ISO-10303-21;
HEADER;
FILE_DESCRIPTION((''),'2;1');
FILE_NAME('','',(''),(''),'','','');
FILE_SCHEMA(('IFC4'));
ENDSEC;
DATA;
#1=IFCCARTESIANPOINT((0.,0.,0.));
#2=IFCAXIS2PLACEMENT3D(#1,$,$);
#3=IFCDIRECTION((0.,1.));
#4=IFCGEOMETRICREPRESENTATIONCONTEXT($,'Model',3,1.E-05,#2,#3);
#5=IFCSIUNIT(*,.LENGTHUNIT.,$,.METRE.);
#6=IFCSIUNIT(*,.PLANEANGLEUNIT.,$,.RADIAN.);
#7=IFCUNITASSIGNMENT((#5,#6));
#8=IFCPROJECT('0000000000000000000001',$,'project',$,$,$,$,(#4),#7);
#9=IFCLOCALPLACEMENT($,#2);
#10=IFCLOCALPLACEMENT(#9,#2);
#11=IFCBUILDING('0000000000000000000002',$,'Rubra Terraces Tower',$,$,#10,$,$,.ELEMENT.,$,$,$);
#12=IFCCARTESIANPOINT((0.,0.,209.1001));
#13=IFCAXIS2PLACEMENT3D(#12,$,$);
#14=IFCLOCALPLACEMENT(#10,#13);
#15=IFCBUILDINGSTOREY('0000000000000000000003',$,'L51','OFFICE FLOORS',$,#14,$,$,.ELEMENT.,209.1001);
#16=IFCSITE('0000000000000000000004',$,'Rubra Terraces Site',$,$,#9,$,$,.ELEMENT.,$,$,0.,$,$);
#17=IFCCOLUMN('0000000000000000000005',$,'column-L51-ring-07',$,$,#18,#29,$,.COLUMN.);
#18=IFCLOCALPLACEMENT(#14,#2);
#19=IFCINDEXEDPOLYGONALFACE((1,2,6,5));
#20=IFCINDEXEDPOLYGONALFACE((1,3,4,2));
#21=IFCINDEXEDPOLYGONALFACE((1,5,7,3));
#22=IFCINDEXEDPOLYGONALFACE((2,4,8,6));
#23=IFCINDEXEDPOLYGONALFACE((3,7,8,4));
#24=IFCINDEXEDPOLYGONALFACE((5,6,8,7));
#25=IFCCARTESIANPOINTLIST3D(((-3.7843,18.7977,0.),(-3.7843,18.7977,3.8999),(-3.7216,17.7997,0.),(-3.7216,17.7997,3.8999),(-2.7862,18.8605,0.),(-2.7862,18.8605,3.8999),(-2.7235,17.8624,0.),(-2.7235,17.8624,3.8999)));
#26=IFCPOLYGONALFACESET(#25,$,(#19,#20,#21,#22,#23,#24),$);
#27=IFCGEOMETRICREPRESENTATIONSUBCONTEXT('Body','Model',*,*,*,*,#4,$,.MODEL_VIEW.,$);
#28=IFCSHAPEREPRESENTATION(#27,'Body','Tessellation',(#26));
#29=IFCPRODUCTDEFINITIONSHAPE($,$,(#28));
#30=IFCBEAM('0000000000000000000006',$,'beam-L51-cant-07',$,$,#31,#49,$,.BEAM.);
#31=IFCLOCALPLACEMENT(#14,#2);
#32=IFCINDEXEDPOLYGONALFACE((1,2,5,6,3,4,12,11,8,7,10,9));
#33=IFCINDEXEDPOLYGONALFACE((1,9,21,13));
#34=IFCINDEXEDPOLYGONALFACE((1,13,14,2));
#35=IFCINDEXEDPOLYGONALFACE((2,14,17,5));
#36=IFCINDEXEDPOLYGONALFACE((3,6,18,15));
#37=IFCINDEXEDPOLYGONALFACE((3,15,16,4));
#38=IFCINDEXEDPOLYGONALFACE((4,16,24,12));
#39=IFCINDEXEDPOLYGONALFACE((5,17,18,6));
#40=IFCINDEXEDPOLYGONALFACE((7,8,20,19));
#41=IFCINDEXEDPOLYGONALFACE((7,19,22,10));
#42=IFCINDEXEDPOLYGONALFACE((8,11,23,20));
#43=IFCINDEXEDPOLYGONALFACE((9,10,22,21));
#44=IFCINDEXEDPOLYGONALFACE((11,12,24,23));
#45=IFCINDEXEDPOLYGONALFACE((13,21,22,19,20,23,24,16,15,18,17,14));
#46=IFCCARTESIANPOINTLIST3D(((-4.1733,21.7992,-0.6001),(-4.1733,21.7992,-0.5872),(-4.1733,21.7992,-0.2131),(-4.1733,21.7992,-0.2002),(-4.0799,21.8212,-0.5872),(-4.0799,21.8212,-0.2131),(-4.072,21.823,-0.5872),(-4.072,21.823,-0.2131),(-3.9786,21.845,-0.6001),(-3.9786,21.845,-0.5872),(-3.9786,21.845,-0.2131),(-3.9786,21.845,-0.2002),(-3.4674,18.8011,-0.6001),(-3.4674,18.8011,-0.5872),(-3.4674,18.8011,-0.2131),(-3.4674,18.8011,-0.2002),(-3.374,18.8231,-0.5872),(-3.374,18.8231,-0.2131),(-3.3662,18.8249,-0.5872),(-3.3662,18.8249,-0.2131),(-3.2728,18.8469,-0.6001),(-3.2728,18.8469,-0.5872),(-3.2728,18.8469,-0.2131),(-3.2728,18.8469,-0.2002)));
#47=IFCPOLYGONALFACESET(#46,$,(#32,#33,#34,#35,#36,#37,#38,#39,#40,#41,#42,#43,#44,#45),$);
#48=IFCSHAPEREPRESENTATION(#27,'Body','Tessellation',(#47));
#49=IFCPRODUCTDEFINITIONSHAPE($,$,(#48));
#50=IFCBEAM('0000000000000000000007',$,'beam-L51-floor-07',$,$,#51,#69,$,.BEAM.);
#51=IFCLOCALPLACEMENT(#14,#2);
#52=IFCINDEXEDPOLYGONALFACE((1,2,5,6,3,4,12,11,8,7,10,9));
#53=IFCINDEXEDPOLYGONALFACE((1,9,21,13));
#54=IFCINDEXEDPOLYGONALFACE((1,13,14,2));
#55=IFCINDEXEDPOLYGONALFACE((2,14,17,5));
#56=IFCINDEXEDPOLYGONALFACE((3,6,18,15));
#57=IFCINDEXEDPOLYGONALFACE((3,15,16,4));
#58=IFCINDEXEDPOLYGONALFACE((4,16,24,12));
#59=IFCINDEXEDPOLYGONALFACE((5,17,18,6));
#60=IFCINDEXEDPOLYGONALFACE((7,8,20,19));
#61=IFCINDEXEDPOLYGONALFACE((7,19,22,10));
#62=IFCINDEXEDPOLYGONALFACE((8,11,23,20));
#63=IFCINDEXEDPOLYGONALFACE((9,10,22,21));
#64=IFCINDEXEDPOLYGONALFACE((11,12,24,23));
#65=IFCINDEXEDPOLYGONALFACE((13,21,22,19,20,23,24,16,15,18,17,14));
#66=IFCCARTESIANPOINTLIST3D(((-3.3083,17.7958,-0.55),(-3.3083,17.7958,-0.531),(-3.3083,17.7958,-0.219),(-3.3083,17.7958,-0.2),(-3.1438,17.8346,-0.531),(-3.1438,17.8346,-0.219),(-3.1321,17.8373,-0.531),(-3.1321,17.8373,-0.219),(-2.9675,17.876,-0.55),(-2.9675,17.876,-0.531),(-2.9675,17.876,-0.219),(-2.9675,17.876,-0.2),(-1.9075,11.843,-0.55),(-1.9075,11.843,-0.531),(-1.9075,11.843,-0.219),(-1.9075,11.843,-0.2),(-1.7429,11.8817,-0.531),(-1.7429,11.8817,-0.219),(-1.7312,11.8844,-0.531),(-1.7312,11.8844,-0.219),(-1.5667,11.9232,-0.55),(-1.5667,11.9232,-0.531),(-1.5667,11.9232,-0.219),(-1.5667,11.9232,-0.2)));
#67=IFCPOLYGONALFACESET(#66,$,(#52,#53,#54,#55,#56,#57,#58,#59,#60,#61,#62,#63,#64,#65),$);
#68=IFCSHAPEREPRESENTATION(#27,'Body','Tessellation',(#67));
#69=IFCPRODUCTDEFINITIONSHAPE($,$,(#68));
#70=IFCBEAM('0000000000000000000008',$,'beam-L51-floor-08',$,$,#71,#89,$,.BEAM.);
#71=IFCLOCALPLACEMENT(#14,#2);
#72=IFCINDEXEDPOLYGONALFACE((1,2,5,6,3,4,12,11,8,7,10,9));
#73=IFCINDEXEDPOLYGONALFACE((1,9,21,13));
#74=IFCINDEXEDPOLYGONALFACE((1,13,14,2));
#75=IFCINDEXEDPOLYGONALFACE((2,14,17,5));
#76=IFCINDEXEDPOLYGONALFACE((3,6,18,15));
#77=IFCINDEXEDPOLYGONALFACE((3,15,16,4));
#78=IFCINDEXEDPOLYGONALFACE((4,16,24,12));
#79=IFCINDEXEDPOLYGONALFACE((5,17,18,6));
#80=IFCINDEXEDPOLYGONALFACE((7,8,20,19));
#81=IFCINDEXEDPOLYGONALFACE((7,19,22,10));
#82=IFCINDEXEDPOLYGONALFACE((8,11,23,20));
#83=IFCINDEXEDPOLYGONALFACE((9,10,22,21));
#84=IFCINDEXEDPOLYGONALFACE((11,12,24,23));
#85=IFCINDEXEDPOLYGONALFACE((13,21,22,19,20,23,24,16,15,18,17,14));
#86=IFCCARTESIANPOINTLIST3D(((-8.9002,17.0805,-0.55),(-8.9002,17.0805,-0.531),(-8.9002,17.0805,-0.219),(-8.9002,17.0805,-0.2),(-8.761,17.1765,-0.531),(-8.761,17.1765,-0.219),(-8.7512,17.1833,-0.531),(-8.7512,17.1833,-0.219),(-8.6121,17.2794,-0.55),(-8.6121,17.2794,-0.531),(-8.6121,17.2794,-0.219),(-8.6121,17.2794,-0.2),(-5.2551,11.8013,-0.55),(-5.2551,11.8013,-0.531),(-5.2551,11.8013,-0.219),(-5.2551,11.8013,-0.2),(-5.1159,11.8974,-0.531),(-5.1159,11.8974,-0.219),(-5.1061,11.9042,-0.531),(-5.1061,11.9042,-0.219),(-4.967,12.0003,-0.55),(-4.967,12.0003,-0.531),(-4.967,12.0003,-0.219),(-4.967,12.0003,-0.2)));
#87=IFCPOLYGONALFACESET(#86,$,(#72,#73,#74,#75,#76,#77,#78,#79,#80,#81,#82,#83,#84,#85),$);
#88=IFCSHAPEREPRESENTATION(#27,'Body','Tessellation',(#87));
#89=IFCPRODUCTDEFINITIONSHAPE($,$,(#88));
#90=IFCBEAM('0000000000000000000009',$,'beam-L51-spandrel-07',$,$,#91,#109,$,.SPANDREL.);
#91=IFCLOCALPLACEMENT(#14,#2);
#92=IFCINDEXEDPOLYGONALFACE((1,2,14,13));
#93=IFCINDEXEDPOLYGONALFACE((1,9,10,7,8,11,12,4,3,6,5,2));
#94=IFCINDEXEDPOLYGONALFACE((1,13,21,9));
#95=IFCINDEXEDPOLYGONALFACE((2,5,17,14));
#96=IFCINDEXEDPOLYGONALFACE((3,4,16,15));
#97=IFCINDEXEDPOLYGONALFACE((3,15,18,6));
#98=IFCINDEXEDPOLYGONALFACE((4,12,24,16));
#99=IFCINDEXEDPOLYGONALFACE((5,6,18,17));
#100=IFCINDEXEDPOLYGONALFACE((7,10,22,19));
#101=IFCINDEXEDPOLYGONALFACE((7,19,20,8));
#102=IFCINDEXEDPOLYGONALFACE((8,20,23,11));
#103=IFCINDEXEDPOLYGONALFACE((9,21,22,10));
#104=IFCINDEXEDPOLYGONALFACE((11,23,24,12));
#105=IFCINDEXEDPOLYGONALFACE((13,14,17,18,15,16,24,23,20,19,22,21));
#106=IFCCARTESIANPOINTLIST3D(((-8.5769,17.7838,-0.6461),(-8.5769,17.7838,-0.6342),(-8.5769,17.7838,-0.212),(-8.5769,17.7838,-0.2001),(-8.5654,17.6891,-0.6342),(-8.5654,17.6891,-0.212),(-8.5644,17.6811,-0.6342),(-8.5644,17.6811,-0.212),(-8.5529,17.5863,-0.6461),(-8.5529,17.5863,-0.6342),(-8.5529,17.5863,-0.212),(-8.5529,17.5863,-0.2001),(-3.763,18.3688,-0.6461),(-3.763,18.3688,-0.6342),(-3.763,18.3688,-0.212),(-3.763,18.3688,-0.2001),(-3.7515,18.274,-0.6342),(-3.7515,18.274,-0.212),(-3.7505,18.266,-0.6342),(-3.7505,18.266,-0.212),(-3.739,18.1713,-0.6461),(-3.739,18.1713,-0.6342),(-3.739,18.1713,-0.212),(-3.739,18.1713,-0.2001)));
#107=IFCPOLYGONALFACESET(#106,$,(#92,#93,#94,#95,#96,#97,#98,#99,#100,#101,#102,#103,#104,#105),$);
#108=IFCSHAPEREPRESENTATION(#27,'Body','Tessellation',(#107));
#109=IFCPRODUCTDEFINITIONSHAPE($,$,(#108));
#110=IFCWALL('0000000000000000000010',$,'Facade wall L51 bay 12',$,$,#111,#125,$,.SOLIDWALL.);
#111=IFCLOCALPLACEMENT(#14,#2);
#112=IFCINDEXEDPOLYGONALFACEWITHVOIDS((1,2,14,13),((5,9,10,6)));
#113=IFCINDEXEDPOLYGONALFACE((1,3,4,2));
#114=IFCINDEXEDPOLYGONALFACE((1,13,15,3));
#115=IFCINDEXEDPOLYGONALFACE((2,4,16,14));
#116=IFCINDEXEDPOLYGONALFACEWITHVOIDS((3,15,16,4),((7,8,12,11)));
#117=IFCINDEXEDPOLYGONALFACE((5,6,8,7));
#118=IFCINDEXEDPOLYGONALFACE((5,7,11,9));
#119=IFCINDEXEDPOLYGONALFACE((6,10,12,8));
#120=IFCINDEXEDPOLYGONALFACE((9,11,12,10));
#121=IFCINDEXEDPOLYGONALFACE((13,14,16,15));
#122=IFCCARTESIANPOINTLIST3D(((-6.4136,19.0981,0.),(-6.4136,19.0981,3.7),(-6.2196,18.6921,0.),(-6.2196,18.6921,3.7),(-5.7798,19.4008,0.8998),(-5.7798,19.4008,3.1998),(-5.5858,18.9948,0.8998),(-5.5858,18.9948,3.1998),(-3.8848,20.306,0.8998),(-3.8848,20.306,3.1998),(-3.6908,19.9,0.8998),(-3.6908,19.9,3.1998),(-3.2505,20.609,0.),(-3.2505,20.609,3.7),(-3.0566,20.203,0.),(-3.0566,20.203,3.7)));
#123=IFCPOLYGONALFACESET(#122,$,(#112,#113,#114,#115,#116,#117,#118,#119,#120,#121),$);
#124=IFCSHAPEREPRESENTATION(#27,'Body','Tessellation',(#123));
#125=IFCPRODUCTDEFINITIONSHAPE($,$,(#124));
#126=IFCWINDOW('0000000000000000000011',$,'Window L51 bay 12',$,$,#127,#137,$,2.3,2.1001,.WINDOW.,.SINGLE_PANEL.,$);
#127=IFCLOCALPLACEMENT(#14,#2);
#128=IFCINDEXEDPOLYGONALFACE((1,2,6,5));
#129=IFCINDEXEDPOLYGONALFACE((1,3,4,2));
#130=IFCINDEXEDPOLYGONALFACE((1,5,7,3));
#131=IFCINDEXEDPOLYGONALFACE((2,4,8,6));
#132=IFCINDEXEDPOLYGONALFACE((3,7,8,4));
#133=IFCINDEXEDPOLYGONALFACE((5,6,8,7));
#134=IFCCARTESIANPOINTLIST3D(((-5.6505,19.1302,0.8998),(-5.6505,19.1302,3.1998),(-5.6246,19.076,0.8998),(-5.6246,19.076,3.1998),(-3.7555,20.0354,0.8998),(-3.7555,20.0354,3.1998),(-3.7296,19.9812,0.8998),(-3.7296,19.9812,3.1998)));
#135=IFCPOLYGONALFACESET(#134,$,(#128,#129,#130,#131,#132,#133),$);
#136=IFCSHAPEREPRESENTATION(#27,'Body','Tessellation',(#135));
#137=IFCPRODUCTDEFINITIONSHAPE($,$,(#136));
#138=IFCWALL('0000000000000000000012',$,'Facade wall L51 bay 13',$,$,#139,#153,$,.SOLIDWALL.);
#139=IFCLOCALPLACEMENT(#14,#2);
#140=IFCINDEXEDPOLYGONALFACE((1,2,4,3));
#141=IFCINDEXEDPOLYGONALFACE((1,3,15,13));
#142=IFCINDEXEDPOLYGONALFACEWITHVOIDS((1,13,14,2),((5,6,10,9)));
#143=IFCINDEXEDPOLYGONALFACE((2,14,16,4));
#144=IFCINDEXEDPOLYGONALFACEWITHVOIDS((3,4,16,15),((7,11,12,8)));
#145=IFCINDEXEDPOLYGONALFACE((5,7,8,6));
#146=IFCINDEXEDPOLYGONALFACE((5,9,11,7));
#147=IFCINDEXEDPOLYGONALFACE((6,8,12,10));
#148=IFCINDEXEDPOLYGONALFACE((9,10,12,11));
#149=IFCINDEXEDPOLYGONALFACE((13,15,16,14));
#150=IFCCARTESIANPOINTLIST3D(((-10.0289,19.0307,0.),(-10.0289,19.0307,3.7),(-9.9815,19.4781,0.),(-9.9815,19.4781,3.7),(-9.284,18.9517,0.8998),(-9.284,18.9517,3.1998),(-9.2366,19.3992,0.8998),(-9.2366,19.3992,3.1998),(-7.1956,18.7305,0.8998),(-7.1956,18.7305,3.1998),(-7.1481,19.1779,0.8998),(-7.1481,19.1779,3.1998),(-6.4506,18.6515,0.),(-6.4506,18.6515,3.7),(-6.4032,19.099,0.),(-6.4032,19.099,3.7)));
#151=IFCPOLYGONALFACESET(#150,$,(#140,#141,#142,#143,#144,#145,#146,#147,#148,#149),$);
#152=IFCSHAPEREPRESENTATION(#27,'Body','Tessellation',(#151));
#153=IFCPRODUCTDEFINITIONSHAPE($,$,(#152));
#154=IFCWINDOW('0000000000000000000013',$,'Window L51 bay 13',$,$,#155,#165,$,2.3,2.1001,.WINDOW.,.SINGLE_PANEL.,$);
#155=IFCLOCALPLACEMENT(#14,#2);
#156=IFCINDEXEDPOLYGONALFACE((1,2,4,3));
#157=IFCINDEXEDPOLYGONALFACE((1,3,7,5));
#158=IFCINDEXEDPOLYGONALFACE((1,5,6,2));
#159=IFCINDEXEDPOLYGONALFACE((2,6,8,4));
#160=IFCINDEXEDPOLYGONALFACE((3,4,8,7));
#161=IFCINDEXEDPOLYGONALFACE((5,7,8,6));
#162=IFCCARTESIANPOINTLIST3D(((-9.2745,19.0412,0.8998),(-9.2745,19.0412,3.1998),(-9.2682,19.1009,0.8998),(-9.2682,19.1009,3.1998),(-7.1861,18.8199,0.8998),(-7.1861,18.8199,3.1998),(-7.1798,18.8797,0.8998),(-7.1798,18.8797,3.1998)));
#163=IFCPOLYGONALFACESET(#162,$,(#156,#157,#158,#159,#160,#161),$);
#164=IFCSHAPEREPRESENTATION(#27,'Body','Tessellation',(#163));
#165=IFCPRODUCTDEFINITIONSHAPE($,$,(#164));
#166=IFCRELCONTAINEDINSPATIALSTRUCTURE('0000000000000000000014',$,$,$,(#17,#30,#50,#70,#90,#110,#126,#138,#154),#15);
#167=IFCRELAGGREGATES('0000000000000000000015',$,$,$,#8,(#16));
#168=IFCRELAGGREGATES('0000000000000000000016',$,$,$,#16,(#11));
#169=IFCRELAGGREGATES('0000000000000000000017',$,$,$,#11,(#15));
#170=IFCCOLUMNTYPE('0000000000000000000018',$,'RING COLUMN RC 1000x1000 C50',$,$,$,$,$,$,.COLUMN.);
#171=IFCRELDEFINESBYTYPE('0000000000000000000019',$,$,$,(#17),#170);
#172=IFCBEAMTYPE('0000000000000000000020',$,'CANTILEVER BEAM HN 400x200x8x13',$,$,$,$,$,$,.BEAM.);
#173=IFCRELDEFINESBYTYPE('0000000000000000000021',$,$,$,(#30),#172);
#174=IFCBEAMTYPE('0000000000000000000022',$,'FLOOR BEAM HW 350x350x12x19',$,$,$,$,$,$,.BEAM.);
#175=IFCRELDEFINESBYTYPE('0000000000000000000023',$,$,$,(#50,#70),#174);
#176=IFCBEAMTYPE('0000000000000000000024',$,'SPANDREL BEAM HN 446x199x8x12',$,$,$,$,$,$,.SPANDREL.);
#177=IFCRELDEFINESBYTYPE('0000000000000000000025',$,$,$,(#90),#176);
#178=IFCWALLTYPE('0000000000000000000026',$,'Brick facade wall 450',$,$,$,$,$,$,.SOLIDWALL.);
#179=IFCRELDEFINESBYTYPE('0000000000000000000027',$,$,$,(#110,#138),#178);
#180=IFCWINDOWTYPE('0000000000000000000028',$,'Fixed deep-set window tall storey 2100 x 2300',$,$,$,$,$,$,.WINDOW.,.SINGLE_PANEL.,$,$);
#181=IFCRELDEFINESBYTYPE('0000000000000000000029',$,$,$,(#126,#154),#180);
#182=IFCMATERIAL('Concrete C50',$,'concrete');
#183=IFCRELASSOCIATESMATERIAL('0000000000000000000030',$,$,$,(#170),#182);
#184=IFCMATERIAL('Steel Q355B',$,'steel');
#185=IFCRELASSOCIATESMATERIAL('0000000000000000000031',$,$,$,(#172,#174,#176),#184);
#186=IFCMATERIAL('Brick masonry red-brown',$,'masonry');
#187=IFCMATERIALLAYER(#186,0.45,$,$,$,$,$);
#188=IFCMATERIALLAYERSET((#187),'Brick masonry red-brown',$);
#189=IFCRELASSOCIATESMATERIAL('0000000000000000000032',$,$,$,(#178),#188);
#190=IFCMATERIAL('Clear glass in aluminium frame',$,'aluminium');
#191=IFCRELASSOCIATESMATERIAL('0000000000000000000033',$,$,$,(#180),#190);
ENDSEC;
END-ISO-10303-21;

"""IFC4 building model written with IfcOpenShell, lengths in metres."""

from ifc_helpers import new_model, si_unit, direction, frame, frame_2d, origin, origin_2d, place, context, subcontext, project, spatial, rectangle, i_section, extrude, material, layer, layer_set, material_profile, profile_set, type_object, element, fill, save


model = new_model("IFC4")

# Units and contexts
model_context = context("Model", 3, precision=1e-05, world=origin(), true_north=direction((0.0, 1.0)))
body_context = subcontext(model_context, "Body", "Model", "MODEL_VIEW")
ifc_project = project(units=[si_unit("LENGTHUNIT", "METRE"), si_unit("PLANEANGLEUNIT", "RADIAN")], contexts=[model_context])

# Site, building, storey
site_placement = place(None, origin())
site = spatial("IfcSite", under=ifc_project, at=site_placement, Name="Rubra Terraces Site", CompositionType="ELEMENT", RefElevation=0.0)
building_placement = place(site_placement, origin())
building = spatial("IfcBuilding", under=site, at=building_placement, Name="Rubra Terraces Tower", CompositionType="ELEMENT")
storey_placement = place(building_placement, frame((0.0, 0.0, 209.1001)))
storey = spatial("IfcBuildingStorey", under=building, at=storey_placement, Name="L51", Description="OFFICE FLOORS", CompositionType="ELEMENT", Elevation=209.1001)

# Column
ifc_material_1 = material(Name="Concrete C50", Category="concrete")
ifc_material_profile_1 = material_profile(ifc_material_1, rectangle(XDim=1.0, YDim=1.0, at=origin_2d()), Name="RC 1000x1000")
ifc_profile_set_1 = profile_set([ifc_material_profile_1], Name="Concrete C50")
column_type = type_object("IfcColumnType", Name="RING COLUMN RC 1000x1000 C50", PredefinedType="COLUMN", material=ifc_profile_set_1)
column_placement = place(storey_placement, frame((-3.2539, 18.3301, 0.0), z_axis=(0.0, 0.0, 1.0), x_axis=(-0.998032, -0.062714, 0.0)))
element("IfcColumn", 1, at=column_placement, inside=storey, type_object=column_type, Name="column-L51-ring-07", PredefinedType="COLUMN", context=body_context, shape_type="SweptSolid", body=[
    extrude(rectangle(XDim=1.0, YDim=1.0, at=origin_2d()), origin(), (0.0, 0.0, 1.0), 3.8999),
])

# Beams
ifc_material_2 = material(Name="Steel Q355B", Category="steel")
ifc_material_profile_2 = material_profile(ifc_material_2, i_section(OverallWidth=0.2, OverallDepth=0.3999, WebThickness=0.0081, FlangeThickness=0.0129, at=origin_2d()), Name="HN 400x200x8x13")
ifc_profile_set_2 = profile_set([ifc_material_profile_2], Name="Steel Q355B")
beam_type_1 = type_object("IfcBeamType", Name="CANTILEVER BEAM HN 400x200x8x13", PredefinedType="BEAM", material=ifc_profile_set_2)
beam_1_placement = place(storey_placement, frame((-3.3701, 18.824, -0.4001), z_axis=(-0.229159, 0.973389, 0.0), x_axis=(-0.973389, -0.229159, 0.0)))
element("IfcBeam", 2, at=beam_1_placement, inside=storey, type_object=beam_type_1, Name="beam-L51-cant-07", PredefinedType="BEAM", context=body_context, shape_type="SweptSolid", body=[
    extrude(i_section(OverallWidth=0.2, OverallDepth=0.3999, WebThickness=0.0081, FlangeThickness=0.0129, at=origin_2d()), origin(), (0.0, 0.0, 1.0), 3.0801),
])
ifc_material_profile_3 = material_profile(ifc_material_2, i_section(OverallWidth=0.3501, OverallDepth=0.3501, WebThickness=0.012, FlangeThickness=0.019, at=origin_2d()), Name="HW 350x350x12x19")
ifc_profile_set_3 = profile_set([ifc_material_profile_3], Name="Steel Q355B")
beam_type_2 = type_object("IfcBeamType", Name="FLOOR BEAM HW 350x350x12x19", PredefinedType="BEAM", material=ifc_profile_set_3)
beam_2_placement = place(storey_placement, frame((-3.1379, 17.8359, -0.375), z_axis=(0.22907, -0.97341, 0.0), x_axis=(0.97341, 0.22907, 0.0)))
element("IfcBeam", 3, at=beam_2_placement, inside=storey, type_object=beam_type_2, Name="beam-L51-floor-07", PredefinedType="BEAM", context=body_context, shape_type="SweptSolid", body=[
    extrude(i_section(OverallWidth=0.3501, OverallDepth=0.3501, WebThickness=0.012, FlangeThickness=0.019, at=origin_2d()), origin(), (0.0, 0.0, 1.0), 6.1155),
])
beam_3_placement = place(storey_placement, frame((-8.7561, 17.1799, -0.375), z_axis=(0.568186, -0.8229, 0.0), x_axis=(0.8229, 0.568186, 0.0)))
element("IfcBeam", 4, at=beam_3_placement, inside=storey, type_object=beam_type_2, Name="beam-L51-floor-08", PredefinedType="BEAM", context=body_context, shape_type="SweptSolid", body=[
    extrude(i_section(OverallWidth=0.3501, OverallDepth=0.3501, WebThickness=0.012, FlangeThickness=0.019, at=origin_2d()), origin(), (0.0, 0.0, 1.0), 6.4153),
])
ifc_material_profile_4 = material_profile(ifc_material_2, i_section(OverallWidth=0.199, OverallDepth=0.446, WebThickness=0.0081, FlangeThickness=0.012, at=origin_2d()), Name="HN 446x199x8x12")
ifc_profile_set_4 = profile_set([ifc_material_profile_4], Name="Steel Q355B")
beam_type_3 = type_object("IfcBeamType", Name="SPANDREL BEAM HN 446x199x8x12", PredefinedType="SPANDREL", material=ifc_profile_set_4)
beam_4_placement = place(storey_placement, frame((-3.751, 18.27, -0.4231), z_axis=(-0.992698, -0.120626, 0.0), x_axis=(0.120626, -0.992698, 0.0)))
element("IfcBeam", 5, at=beam_4_placement, inside=storey, type_object=beam_type_3, Name="beam-L51-spandrel-07", PredefinedType="SPANDREL", context=body_context, shape_type="SweptSolid", body=[
    extrude(i_section(OverallWidth=0.199, OverallDepth=0.446, WebThickness=0.0081, FlangeThickness=0.012, at=origin_2d()), origin(), (0.0, 0.0, 1.0), 4.8494),
])

# Walls, openings, windows
ifc_material_3 = material(Name="Brick masonry red-brown", Category="masonry")
ifc_layer_1 = layer(ifc_material_3, 0.45)
ifc_layer_set_1 = layer_set([ifc_layer_1], Name="Brick masonry red-brown")
wall_type_1 = type_object("IfcWallType", Name="Brick facade wall 450", PredefinedType="SOLIDWALL", material=ifc_layer_set_1)
wall_1_placement = place(storey_placement, frame((-3.1536, 20.406, 0.0), z_axis=(0.0, 0.0, 1.0), x_axis=(-0.902333, -0.431039, 0.0)))
wall_1 = element("IfcWall", 6, at=wall_1_placement, inside=storey, type_object=wall_type_1, Name="Facade wall L51 bay 12", PredefinedType="SOLIDWALL", context=body_context, shape_type="SweptSolid", body=[
    extrude(rectangle(XDim=3.5054, YDim=0.45, at=frame_2d((1.7527, 0.0))), origin(), (0.0, 0.0, 1.0), 3.7),
])
opening_1_placement = place(wall_1_placement, frame((0.7029, 0.0, 0.8999)))
opening_1 = element("IfcOpeningElement", 7, at=opening_1_placement, cuts=wall_1, PredefinedType="OPENING", context=body_context, shape_type="SweptSolid", body=[
    extrude(rectangle(XDim=2.1001, YDim=2.3, at=frame_2d((1.05, 1.1499))), frame((0.0, 0.2349, 0.0), z_axis=(0.0, -1.0, 0.0), x_axis=(1.0, 0.0, 0.0)), (0.0, 0.0, 1.0), 0.47),
])
ifc_material_4 = material(Name="Clear glass in aluminium frame", Category="aluminium")
window_type = type_object("IfcWindowType", Name="Fixed deep-set window tall storey 2100 x 2300", PartitioningType="SINGLE_PANEL", PredefinedType="WINDOW", material=ifc_material_4)
window_1_placement = place(opening_1_placement, origin())
window_1 = element("IfcWindow", 8, at=window_1_placement, inside=storey, type_object=window_type, Name="Window L51 bay 12", OverallHeight=2.3, OverallWidth=2.1001, PartitioningType="SINGLE_PANEL", PredefinedType="WINDOW", context=body_context, shape_type="SweptSolid", body=[
    extrude(rectangle(XDim=2.1001, YDim=2.3, at=frame_2d((1.05, 1.1499))), frame((0.0, 0.135, 0.0), z_axis=(0.0, -1.0, 0.0), x_axis=(1.0, 0.0, 0.0)), (0.0, 0.0, 1.0), 0.0601),
])
fill(opening_1, window_1)
wall_2_placement = place(storey_placement, frame((-6.4268, 18.8752, 0.0), z_axis=(0.0, 0.0, 1.0), x_axis=(-0.994433, 0.105366, 0.0)))
wall_2 = element("IfcWall", 9, at=wall_2_placement, inside=storey, type_object=wall_type_1, Name="Facade wall L51 bay 13", PredefinedType="SOLIDWALL", context=body_context, shape_type="SweptSolid", body=[
    extrude(rectangle(XDim=3.5984, YDim=0.45, at=frame_2d((1.7993, 0.0))), origin(), (0.0, 0.0, 1.0), 3.7),
])
opening_2_placement = place(wall_2_placement, frame((0.7493, 0.0, 0.8999)))
opening_2 = element("IfcOpeningElement", 10, at=opening_2_placement, cuts=wall_2, PredefinedType="OPENING", context=body_context, shape_type="SweptSolid", body=[
    extrude(rectangle(XDim=2.1001, YDim=2.3, at=frame_2d((1.05, 1.1499))), frame((0.0, 0.2349, 0.0), z_axis=(0.0, -1.0, 0.0), x_axis=(1.0, 0.0, 0.0)), (0.0, 0.0, 1.0), 0.47),
])
window_2_placement = place(opening_2_placement, origin())
window_2 = element("IfcWindow", 11, at=window_2_placement, inside=storey, type_object=window_type, Name="Window L51 bay 13", OverallHeight=2.3, OverallWidth=2.1001, PartitioningType="SINGLE_PANEL", PredefinedType="WINDOW", context=body_context, shape_type="SweptSolid", body=[
    extrude(rectangle(XDim=2.1001, YDim=2.3, at=frame_2d((1.05, 1.1499))), frame((0.0, 0.135, 0.0), z_axis=(0.0, -1.0, 0.0), x_axis=(1.0, 0.0, 0.0)), (0.0, 0.0, 1.0), 0.0601),
])
fill(opening_2, window_2)

save(model, "model.ifc")
